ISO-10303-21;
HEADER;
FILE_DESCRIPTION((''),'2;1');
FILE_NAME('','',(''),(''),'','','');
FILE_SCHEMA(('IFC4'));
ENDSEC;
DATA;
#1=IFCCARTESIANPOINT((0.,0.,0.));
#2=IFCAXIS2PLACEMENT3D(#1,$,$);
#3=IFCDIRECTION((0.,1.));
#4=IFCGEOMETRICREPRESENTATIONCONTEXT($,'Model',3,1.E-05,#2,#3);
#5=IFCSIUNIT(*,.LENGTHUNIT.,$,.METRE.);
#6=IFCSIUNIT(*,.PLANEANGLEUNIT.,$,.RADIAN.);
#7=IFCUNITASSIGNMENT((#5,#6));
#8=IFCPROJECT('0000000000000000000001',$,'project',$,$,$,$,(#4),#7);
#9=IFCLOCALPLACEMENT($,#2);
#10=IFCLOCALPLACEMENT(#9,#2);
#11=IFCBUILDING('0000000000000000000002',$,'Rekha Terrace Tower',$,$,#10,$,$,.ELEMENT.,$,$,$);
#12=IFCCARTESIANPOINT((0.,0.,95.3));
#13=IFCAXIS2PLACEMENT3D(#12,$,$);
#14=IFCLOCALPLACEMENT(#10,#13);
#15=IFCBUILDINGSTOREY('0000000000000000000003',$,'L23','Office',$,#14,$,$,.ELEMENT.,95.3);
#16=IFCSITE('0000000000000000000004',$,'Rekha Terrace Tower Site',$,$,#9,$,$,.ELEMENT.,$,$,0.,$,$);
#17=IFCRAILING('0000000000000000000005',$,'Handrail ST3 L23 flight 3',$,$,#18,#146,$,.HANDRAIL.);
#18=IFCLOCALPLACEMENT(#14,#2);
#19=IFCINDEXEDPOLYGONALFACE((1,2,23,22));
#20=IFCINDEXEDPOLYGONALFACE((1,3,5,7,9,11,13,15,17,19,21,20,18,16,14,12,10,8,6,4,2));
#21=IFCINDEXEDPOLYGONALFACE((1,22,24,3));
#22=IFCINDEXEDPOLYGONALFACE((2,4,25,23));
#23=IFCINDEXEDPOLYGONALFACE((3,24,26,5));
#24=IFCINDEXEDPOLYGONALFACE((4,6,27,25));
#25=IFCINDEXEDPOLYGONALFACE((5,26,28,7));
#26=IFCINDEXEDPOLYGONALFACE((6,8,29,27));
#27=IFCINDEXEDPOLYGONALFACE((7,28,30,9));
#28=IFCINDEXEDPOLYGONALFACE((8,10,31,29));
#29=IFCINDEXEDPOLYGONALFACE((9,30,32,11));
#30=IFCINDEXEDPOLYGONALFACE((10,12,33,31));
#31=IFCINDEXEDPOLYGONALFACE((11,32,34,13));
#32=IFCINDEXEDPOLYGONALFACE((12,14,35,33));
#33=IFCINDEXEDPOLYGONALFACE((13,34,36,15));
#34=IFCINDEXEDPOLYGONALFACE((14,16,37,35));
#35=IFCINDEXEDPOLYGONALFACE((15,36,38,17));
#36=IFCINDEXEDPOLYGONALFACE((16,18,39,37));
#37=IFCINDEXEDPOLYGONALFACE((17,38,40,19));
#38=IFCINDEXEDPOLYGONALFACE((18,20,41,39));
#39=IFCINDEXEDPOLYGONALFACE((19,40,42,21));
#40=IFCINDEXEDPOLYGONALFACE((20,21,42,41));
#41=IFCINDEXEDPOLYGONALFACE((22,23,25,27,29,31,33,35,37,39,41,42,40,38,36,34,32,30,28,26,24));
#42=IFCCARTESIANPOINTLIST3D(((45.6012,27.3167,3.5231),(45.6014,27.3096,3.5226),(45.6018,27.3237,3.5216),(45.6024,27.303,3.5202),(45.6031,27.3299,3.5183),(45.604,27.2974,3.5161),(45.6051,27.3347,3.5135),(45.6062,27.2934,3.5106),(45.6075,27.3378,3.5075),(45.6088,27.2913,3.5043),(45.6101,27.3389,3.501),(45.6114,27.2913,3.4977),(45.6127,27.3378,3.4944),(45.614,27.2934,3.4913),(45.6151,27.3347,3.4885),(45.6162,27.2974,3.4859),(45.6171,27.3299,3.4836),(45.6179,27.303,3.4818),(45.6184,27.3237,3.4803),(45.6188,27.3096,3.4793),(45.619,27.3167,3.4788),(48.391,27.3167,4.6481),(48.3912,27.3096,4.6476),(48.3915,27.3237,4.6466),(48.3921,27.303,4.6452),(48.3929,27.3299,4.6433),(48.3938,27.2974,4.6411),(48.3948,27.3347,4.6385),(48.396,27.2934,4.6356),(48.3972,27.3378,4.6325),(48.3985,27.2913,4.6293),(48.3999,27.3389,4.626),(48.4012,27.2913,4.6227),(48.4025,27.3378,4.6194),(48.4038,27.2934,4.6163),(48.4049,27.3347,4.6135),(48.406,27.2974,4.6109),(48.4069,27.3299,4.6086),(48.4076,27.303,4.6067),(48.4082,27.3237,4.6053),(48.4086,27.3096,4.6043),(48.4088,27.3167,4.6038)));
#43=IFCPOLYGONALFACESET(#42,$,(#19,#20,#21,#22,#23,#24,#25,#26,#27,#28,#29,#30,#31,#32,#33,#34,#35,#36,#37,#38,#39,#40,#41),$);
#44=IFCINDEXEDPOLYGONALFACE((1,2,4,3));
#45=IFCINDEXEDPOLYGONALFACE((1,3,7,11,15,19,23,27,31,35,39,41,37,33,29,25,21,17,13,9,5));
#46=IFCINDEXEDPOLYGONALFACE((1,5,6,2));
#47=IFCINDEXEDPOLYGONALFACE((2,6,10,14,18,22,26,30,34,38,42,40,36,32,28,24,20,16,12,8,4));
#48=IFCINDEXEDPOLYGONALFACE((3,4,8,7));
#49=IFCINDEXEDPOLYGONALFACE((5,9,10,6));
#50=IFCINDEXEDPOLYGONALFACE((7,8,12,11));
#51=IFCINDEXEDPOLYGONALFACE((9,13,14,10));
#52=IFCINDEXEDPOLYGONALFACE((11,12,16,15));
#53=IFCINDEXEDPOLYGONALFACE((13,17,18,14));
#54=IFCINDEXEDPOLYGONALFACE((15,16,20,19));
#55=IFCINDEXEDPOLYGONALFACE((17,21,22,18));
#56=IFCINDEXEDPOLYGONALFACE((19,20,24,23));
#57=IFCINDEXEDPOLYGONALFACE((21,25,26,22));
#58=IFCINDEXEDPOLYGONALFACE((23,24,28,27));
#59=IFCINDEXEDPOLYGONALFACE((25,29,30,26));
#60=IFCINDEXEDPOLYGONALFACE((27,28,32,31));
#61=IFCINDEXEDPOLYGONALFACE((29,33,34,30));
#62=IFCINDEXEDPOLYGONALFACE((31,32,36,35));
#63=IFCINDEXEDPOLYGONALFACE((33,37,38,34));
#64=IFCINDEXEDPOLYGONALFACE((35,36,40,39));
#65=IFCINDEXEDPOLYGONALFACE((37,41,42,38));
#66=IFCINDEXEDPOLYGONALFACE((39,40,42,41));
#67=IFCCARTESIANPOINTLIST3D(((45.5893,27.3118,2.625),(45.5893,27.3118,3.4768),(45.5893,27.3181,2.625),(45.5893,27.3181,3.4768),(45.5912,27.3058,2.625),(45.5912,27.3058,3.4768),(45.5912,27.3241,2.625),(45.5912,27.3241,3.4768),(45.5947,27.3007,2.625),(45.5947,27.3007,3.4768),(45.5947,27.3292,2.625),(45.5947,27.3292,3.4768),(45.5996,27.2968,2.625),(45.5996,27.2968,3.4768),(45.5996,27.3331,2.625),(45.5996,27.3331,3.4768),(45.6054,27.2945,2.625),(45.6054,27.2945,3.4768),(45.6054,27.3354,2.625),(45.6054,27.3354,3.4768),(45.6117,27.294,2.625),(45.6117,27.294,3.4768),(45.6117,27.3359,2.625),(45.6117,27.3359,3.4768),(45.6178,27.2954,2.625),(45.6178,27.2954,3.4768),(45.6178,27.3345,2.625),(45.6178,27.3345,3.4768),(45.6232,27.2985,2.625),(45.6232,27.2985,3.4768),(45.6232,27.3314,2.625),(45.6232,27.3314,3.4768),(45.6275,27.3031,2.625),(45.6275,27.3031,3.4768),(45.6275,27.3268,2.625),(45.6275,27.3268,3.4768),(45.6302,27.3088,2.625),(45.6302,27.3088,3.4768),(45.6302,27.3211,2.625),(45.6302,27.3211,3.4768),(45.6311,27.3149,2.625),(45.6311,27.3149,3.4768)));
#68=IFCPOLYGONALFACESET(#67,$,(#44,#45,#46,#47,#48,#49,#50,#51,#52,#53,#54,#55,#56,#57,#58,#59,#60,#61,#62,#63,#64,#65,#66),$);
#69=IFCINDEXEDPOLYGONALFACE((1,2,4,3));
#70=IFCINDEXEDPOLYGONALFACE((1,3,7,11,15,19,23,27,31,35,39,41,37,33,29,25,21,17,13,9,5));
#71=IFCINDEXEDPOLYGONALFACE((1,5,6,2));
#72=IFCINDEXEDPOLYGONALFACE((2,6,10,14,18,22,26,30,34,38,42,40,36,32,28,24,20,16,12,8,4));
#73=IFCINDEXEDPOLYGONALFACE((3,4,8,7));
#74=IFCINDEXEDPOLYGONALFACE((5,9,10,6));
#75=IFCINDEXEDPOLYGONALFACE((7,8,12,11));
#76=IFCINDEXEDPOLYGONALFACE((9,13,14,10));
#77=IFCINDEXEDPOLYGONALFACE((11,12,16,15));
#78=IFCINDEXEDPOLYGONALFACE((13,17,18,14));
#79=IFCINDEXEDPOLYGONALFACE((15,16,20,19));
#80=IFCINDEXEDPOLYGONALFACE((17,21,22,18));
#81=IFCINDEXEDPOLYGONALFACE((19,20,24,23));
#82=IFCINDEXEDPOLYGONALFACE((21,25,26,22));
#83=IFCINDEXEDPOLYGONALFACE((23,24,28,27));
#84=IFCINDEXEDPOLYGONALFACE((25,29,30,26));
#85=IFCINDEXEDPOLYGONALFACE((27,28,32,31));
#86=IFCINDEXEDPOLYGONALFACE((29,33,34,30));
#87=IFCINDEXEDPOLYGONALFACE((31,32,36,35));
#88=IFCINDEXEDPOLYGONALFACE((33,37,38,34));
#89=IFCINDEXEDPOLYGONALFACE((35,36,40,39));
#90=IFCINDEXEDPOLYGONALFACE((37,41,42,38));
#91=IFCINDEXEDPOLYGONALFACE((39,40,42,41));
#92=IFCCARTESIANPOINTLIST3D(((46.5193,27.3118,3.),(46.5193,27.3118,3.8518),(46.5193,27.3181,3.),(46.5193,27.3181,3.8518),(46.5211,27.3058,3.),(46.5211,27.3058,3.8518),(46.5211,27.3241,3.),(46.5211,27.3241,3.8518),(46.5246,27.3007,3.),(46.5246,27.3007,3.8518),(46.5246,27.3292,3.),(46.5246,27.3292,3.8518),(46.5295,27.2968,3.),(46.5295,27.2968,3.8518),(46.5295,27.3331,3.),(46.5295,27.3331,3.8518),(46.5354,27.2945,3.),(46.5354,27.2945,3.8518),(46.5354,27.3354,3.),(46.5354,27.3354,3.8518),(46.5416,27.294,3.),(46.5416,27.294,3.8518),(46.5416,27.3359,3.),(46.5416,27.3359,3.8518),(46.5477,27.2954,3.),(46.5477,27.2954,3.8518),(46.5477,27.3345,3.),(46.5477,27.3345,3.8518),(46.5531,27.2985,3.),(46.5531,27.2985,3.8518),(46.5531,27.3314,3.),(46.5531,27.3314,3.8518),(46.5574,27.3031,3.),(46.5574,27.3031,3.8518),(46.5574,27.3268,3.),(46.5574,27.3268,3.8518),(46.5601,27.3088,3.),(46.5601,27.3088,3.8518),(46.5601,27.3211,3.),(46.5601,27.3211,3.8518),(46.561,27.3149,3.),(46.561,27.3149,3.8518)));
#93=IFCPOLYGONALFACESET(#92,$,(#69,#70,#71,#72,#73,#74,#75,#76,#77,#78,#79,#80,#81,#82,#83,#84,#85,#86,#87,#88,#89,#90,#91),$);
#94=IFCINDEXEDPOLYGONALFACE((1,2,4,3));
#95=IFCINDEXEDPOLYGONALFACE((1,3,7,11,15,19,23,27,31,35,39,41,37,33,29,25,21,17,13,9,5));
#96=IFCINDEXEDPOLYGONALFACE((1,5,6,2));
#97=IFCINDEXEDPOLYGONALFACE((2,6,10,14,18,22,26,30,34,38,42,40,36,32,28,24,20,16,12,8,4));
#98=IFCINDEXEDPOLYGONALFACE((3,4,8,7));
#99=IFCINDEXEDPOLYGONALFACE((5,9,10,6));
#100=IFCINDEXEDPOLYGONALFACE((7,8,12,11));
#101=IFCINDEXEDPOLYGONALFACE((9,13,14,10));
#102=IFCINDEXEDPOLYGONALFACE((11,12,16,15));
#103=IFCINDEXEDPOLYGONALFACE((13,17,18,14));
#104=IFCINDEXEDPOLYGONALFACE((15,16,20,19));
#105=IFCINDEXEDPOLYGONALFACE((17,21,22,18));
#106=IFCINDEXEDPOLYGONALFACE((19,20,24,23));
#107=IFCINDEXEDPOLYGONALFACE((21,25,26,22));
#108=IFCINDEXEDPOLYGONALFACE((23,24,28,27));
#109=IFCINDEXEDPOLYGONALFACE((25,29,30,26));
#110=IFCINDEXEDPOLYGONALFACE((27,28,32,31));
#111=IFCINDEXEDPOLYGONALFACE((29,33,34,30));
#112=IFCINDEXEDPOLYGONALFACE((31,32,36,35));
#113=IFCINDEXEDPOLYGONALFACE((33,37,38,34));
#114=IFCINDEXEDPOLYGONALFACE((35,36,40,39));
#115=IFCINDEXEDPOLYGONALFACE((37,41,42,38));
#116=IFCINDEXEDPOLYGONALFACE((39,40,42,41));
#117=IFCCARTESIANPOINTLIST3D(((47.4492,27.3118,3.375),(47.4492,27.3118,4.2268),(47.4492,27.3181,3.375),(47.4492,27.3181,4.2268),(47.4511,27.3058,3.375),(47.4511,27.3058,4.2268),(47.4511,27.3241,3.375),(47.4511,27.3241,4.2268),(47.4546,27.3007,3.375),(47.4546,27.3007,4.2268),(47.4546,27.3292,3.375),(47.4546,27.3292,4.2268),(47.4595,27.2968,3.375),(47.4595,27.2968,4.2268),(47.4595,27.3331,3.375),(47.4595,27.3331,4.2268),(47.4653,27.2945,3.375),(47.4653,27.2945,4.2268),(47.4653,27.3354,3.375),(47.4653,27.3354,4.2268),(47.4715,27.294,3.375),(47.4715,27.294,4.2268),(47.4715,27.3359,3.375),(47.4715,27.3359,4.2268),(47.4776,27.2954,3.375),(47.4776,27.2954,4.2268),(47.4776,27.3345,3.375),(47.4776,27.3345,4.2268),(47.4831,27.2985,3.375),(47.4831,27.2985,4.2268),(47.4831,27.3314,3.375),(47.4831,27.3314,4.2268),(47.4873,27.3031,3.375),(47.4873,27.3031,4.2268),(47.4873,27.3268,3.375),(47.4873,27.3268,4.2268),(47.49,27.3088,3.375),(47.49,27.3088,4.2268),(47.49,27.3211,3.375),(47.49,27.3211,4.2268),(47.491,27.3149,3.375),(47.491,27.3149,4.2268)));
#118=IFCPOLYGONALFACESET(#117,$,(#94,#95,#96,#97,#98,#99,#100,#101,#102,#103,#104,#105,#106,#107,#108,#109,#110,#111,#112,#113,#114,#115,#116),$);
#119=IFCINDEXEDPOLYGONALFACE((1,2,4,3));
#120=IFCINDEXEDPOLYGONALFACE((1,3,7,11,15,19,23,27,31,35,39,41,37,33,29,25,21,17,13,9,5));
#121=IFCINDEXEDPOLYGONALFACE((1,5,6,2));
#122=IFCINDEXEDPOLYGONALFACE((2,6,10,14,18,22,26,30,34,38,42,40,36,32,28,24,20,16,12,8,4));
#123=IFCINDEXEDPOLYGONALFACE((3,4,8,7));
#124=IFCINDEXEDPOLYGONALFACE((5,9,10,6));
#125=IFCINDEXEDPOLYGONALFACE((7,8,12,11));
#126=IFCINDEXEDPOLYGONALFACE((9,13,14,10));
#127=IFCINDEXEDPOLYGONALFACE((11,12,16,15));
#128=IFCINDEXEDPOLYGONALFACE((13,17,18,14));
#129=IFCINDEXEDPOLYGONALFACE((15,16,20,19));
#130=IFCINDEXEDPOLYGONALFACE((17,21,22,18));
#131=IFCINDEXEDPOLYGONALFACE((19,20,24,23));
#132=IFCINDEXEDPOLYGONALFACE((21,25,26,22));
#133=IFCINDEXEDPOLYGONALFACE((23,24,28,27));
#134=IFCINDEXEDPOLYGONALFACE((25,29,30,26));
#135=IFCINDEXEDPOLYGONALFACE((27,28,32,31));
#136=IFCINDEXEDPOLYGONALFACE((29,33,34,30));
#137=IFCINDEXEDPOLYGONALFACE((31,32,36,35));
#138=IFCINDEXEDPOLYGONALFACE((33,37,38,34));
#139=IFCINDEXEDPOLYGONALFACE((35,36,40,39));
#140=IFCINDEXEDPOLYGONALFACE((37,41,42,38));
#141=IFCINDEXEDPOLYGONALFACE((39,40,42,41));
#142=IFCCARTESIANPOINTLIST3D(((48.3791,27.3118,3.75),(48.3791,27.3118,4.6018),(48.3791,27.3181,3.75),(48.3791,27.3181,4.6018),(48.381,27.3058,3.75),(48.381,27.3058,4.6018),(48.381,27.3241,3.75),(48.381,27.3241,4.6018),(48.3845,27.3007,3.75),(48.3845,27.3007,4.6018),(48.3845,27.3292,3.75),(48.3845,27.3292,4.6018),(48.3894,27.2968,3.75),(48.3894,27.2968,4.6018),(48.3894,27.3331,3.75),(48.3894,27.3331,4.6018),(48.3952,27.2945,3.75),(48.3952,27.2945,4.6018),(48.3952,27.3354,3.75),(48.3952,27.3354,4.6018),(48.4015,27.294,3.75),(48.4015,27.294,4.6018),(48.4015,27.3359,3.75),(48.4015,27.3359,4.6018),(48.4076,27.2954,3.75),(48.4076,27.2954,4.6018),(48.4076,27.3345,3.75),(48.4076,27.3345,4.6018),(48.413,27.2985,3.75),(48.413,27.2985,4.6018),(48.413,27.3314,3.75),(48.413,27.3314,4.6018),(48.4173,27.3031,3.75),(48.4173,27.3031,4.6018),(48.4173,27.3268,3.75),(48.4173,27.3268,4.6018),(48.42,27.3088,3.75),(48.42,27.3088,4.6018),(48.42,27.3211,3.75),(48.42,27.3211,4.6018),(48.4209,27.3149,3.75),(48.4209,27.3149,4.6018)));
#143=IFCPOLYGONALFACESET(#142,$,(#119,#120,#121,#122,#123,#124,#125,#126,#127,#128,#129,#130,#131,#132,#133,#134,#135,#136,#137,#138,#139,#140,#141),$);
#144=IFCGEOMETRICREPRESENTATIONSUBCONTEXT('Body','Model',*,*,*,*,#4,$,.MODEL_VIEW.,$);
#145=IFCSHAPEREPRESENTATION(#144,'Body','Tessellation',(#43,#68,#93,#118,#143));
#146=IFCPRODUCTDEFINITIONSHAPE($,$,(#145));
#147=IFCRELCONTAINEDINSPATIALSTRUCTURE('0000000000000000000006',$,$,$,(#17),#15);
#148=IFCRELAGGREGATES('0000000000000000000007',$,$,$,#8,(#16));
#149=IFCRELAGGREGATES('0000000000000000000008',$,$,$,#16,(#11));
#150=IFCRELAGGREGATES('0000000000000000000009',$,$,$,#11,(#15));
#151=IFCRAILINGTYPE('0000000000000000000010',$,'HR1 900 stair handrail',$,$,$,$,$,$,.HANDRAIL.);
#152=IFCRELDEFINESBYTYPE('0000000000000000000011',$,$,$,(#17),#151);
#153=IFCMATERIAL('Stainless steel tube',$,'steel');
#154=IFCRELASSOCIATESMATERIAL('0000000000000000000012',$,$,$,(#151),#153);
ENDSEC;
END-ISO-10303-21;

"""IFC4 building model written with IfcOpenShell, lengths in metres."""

from ifc_helpers import new_model, si_unit, direction, frame, origin, origin_2d, place, context, subcontext, project, spatial, circle, extrude, material, type_object, element, save


model = new_model("IFC4")

# Units and contexts
model_context = context("Model", 3, precision=1e-05, world=origin(), true_north=direction((0.0, 1.0)))
body_context = subcontext(model_context, "Body", "Model", "MODEL_VIEW")
ifc_project = project(units=[si_unit("LENGTHUNIT", "METRE"), si_unit("PLANEANGLEUNIT", "RADIAN")], contexts=[model_context])

# Site, building, storey
site_placement = place(None, origin())
site = spatial("IfcSite", under=ifc_project, at=site_placement, Name="Rekha Terrace Tower Site", CompositionType="ELEMENT", RefElevation=0.0)
building_placement = place(site_placement, origin())
building = spatial("IfcBuilding", under=site, at=building_placement, Name="Rekha Terrace Tower", CompositionType="ELEMENT")
storey_placement = place(building_placement, frame((0.0, 0.0, 95.3)))
storey = spatial("IfcBuildingStorey", under=building, at=storey_placement, Name="L23", Description="Office", CompositionType="ELEMENT", Elevation=95.3)

# Railing
ifc_material_1 = material(Name="Stainless steel tube", Category="steel")
railing_type_1 = type_object("IfcRailingType", Name="HR1 900 stair handrail", PredefinedType="HANDRAIL", material=ifc_material_1)
railing_1_placement = place(storey_placement, frame((45.6101, 27.3149, 2.625)))
element("IfcRailing", 1, at=railing_1_placement, inside=storey, type_object=railing_type_1, Name="Handrail ST3 L23 flight 3", PredefinedType="HANDRAIL", context=body_context, shape_type="SweptSolid", body=[
    extrude(circle(Radius=0.0239, at=origin_2d()), frame((0.0, 0.0, 0.876), z_axis=(0.927432, 0.0, 0.373992), x_axis=(0.0, 1.0, 0.0)), (0.0, 0.0, 1.0), 3.0081),
    extrude(circle(Radius=0.021, at=origin_2d()), origin(), (0.0, 0.0, 1.0), 0.8518),
    extrude(circle(Radius=0.021, at=origin_2d()), frame((0.9299, 0.0, 0.375)), (0.0, 0.0, 1.0), 0.8518),
    extrude(circle(Radius=0.021, at=origin_2d()), frame((1.8599, 0.0, 0.75)), (0.0, 0.0, 1.0), 0.8518),
    extrude(circle(Radius=0.021, at=origin_2d()), frame((2.7898, 0.0, 1.125)), (0.0, 0.0, 1.0), 0.8518),
])

save(model, "model.ifc")
